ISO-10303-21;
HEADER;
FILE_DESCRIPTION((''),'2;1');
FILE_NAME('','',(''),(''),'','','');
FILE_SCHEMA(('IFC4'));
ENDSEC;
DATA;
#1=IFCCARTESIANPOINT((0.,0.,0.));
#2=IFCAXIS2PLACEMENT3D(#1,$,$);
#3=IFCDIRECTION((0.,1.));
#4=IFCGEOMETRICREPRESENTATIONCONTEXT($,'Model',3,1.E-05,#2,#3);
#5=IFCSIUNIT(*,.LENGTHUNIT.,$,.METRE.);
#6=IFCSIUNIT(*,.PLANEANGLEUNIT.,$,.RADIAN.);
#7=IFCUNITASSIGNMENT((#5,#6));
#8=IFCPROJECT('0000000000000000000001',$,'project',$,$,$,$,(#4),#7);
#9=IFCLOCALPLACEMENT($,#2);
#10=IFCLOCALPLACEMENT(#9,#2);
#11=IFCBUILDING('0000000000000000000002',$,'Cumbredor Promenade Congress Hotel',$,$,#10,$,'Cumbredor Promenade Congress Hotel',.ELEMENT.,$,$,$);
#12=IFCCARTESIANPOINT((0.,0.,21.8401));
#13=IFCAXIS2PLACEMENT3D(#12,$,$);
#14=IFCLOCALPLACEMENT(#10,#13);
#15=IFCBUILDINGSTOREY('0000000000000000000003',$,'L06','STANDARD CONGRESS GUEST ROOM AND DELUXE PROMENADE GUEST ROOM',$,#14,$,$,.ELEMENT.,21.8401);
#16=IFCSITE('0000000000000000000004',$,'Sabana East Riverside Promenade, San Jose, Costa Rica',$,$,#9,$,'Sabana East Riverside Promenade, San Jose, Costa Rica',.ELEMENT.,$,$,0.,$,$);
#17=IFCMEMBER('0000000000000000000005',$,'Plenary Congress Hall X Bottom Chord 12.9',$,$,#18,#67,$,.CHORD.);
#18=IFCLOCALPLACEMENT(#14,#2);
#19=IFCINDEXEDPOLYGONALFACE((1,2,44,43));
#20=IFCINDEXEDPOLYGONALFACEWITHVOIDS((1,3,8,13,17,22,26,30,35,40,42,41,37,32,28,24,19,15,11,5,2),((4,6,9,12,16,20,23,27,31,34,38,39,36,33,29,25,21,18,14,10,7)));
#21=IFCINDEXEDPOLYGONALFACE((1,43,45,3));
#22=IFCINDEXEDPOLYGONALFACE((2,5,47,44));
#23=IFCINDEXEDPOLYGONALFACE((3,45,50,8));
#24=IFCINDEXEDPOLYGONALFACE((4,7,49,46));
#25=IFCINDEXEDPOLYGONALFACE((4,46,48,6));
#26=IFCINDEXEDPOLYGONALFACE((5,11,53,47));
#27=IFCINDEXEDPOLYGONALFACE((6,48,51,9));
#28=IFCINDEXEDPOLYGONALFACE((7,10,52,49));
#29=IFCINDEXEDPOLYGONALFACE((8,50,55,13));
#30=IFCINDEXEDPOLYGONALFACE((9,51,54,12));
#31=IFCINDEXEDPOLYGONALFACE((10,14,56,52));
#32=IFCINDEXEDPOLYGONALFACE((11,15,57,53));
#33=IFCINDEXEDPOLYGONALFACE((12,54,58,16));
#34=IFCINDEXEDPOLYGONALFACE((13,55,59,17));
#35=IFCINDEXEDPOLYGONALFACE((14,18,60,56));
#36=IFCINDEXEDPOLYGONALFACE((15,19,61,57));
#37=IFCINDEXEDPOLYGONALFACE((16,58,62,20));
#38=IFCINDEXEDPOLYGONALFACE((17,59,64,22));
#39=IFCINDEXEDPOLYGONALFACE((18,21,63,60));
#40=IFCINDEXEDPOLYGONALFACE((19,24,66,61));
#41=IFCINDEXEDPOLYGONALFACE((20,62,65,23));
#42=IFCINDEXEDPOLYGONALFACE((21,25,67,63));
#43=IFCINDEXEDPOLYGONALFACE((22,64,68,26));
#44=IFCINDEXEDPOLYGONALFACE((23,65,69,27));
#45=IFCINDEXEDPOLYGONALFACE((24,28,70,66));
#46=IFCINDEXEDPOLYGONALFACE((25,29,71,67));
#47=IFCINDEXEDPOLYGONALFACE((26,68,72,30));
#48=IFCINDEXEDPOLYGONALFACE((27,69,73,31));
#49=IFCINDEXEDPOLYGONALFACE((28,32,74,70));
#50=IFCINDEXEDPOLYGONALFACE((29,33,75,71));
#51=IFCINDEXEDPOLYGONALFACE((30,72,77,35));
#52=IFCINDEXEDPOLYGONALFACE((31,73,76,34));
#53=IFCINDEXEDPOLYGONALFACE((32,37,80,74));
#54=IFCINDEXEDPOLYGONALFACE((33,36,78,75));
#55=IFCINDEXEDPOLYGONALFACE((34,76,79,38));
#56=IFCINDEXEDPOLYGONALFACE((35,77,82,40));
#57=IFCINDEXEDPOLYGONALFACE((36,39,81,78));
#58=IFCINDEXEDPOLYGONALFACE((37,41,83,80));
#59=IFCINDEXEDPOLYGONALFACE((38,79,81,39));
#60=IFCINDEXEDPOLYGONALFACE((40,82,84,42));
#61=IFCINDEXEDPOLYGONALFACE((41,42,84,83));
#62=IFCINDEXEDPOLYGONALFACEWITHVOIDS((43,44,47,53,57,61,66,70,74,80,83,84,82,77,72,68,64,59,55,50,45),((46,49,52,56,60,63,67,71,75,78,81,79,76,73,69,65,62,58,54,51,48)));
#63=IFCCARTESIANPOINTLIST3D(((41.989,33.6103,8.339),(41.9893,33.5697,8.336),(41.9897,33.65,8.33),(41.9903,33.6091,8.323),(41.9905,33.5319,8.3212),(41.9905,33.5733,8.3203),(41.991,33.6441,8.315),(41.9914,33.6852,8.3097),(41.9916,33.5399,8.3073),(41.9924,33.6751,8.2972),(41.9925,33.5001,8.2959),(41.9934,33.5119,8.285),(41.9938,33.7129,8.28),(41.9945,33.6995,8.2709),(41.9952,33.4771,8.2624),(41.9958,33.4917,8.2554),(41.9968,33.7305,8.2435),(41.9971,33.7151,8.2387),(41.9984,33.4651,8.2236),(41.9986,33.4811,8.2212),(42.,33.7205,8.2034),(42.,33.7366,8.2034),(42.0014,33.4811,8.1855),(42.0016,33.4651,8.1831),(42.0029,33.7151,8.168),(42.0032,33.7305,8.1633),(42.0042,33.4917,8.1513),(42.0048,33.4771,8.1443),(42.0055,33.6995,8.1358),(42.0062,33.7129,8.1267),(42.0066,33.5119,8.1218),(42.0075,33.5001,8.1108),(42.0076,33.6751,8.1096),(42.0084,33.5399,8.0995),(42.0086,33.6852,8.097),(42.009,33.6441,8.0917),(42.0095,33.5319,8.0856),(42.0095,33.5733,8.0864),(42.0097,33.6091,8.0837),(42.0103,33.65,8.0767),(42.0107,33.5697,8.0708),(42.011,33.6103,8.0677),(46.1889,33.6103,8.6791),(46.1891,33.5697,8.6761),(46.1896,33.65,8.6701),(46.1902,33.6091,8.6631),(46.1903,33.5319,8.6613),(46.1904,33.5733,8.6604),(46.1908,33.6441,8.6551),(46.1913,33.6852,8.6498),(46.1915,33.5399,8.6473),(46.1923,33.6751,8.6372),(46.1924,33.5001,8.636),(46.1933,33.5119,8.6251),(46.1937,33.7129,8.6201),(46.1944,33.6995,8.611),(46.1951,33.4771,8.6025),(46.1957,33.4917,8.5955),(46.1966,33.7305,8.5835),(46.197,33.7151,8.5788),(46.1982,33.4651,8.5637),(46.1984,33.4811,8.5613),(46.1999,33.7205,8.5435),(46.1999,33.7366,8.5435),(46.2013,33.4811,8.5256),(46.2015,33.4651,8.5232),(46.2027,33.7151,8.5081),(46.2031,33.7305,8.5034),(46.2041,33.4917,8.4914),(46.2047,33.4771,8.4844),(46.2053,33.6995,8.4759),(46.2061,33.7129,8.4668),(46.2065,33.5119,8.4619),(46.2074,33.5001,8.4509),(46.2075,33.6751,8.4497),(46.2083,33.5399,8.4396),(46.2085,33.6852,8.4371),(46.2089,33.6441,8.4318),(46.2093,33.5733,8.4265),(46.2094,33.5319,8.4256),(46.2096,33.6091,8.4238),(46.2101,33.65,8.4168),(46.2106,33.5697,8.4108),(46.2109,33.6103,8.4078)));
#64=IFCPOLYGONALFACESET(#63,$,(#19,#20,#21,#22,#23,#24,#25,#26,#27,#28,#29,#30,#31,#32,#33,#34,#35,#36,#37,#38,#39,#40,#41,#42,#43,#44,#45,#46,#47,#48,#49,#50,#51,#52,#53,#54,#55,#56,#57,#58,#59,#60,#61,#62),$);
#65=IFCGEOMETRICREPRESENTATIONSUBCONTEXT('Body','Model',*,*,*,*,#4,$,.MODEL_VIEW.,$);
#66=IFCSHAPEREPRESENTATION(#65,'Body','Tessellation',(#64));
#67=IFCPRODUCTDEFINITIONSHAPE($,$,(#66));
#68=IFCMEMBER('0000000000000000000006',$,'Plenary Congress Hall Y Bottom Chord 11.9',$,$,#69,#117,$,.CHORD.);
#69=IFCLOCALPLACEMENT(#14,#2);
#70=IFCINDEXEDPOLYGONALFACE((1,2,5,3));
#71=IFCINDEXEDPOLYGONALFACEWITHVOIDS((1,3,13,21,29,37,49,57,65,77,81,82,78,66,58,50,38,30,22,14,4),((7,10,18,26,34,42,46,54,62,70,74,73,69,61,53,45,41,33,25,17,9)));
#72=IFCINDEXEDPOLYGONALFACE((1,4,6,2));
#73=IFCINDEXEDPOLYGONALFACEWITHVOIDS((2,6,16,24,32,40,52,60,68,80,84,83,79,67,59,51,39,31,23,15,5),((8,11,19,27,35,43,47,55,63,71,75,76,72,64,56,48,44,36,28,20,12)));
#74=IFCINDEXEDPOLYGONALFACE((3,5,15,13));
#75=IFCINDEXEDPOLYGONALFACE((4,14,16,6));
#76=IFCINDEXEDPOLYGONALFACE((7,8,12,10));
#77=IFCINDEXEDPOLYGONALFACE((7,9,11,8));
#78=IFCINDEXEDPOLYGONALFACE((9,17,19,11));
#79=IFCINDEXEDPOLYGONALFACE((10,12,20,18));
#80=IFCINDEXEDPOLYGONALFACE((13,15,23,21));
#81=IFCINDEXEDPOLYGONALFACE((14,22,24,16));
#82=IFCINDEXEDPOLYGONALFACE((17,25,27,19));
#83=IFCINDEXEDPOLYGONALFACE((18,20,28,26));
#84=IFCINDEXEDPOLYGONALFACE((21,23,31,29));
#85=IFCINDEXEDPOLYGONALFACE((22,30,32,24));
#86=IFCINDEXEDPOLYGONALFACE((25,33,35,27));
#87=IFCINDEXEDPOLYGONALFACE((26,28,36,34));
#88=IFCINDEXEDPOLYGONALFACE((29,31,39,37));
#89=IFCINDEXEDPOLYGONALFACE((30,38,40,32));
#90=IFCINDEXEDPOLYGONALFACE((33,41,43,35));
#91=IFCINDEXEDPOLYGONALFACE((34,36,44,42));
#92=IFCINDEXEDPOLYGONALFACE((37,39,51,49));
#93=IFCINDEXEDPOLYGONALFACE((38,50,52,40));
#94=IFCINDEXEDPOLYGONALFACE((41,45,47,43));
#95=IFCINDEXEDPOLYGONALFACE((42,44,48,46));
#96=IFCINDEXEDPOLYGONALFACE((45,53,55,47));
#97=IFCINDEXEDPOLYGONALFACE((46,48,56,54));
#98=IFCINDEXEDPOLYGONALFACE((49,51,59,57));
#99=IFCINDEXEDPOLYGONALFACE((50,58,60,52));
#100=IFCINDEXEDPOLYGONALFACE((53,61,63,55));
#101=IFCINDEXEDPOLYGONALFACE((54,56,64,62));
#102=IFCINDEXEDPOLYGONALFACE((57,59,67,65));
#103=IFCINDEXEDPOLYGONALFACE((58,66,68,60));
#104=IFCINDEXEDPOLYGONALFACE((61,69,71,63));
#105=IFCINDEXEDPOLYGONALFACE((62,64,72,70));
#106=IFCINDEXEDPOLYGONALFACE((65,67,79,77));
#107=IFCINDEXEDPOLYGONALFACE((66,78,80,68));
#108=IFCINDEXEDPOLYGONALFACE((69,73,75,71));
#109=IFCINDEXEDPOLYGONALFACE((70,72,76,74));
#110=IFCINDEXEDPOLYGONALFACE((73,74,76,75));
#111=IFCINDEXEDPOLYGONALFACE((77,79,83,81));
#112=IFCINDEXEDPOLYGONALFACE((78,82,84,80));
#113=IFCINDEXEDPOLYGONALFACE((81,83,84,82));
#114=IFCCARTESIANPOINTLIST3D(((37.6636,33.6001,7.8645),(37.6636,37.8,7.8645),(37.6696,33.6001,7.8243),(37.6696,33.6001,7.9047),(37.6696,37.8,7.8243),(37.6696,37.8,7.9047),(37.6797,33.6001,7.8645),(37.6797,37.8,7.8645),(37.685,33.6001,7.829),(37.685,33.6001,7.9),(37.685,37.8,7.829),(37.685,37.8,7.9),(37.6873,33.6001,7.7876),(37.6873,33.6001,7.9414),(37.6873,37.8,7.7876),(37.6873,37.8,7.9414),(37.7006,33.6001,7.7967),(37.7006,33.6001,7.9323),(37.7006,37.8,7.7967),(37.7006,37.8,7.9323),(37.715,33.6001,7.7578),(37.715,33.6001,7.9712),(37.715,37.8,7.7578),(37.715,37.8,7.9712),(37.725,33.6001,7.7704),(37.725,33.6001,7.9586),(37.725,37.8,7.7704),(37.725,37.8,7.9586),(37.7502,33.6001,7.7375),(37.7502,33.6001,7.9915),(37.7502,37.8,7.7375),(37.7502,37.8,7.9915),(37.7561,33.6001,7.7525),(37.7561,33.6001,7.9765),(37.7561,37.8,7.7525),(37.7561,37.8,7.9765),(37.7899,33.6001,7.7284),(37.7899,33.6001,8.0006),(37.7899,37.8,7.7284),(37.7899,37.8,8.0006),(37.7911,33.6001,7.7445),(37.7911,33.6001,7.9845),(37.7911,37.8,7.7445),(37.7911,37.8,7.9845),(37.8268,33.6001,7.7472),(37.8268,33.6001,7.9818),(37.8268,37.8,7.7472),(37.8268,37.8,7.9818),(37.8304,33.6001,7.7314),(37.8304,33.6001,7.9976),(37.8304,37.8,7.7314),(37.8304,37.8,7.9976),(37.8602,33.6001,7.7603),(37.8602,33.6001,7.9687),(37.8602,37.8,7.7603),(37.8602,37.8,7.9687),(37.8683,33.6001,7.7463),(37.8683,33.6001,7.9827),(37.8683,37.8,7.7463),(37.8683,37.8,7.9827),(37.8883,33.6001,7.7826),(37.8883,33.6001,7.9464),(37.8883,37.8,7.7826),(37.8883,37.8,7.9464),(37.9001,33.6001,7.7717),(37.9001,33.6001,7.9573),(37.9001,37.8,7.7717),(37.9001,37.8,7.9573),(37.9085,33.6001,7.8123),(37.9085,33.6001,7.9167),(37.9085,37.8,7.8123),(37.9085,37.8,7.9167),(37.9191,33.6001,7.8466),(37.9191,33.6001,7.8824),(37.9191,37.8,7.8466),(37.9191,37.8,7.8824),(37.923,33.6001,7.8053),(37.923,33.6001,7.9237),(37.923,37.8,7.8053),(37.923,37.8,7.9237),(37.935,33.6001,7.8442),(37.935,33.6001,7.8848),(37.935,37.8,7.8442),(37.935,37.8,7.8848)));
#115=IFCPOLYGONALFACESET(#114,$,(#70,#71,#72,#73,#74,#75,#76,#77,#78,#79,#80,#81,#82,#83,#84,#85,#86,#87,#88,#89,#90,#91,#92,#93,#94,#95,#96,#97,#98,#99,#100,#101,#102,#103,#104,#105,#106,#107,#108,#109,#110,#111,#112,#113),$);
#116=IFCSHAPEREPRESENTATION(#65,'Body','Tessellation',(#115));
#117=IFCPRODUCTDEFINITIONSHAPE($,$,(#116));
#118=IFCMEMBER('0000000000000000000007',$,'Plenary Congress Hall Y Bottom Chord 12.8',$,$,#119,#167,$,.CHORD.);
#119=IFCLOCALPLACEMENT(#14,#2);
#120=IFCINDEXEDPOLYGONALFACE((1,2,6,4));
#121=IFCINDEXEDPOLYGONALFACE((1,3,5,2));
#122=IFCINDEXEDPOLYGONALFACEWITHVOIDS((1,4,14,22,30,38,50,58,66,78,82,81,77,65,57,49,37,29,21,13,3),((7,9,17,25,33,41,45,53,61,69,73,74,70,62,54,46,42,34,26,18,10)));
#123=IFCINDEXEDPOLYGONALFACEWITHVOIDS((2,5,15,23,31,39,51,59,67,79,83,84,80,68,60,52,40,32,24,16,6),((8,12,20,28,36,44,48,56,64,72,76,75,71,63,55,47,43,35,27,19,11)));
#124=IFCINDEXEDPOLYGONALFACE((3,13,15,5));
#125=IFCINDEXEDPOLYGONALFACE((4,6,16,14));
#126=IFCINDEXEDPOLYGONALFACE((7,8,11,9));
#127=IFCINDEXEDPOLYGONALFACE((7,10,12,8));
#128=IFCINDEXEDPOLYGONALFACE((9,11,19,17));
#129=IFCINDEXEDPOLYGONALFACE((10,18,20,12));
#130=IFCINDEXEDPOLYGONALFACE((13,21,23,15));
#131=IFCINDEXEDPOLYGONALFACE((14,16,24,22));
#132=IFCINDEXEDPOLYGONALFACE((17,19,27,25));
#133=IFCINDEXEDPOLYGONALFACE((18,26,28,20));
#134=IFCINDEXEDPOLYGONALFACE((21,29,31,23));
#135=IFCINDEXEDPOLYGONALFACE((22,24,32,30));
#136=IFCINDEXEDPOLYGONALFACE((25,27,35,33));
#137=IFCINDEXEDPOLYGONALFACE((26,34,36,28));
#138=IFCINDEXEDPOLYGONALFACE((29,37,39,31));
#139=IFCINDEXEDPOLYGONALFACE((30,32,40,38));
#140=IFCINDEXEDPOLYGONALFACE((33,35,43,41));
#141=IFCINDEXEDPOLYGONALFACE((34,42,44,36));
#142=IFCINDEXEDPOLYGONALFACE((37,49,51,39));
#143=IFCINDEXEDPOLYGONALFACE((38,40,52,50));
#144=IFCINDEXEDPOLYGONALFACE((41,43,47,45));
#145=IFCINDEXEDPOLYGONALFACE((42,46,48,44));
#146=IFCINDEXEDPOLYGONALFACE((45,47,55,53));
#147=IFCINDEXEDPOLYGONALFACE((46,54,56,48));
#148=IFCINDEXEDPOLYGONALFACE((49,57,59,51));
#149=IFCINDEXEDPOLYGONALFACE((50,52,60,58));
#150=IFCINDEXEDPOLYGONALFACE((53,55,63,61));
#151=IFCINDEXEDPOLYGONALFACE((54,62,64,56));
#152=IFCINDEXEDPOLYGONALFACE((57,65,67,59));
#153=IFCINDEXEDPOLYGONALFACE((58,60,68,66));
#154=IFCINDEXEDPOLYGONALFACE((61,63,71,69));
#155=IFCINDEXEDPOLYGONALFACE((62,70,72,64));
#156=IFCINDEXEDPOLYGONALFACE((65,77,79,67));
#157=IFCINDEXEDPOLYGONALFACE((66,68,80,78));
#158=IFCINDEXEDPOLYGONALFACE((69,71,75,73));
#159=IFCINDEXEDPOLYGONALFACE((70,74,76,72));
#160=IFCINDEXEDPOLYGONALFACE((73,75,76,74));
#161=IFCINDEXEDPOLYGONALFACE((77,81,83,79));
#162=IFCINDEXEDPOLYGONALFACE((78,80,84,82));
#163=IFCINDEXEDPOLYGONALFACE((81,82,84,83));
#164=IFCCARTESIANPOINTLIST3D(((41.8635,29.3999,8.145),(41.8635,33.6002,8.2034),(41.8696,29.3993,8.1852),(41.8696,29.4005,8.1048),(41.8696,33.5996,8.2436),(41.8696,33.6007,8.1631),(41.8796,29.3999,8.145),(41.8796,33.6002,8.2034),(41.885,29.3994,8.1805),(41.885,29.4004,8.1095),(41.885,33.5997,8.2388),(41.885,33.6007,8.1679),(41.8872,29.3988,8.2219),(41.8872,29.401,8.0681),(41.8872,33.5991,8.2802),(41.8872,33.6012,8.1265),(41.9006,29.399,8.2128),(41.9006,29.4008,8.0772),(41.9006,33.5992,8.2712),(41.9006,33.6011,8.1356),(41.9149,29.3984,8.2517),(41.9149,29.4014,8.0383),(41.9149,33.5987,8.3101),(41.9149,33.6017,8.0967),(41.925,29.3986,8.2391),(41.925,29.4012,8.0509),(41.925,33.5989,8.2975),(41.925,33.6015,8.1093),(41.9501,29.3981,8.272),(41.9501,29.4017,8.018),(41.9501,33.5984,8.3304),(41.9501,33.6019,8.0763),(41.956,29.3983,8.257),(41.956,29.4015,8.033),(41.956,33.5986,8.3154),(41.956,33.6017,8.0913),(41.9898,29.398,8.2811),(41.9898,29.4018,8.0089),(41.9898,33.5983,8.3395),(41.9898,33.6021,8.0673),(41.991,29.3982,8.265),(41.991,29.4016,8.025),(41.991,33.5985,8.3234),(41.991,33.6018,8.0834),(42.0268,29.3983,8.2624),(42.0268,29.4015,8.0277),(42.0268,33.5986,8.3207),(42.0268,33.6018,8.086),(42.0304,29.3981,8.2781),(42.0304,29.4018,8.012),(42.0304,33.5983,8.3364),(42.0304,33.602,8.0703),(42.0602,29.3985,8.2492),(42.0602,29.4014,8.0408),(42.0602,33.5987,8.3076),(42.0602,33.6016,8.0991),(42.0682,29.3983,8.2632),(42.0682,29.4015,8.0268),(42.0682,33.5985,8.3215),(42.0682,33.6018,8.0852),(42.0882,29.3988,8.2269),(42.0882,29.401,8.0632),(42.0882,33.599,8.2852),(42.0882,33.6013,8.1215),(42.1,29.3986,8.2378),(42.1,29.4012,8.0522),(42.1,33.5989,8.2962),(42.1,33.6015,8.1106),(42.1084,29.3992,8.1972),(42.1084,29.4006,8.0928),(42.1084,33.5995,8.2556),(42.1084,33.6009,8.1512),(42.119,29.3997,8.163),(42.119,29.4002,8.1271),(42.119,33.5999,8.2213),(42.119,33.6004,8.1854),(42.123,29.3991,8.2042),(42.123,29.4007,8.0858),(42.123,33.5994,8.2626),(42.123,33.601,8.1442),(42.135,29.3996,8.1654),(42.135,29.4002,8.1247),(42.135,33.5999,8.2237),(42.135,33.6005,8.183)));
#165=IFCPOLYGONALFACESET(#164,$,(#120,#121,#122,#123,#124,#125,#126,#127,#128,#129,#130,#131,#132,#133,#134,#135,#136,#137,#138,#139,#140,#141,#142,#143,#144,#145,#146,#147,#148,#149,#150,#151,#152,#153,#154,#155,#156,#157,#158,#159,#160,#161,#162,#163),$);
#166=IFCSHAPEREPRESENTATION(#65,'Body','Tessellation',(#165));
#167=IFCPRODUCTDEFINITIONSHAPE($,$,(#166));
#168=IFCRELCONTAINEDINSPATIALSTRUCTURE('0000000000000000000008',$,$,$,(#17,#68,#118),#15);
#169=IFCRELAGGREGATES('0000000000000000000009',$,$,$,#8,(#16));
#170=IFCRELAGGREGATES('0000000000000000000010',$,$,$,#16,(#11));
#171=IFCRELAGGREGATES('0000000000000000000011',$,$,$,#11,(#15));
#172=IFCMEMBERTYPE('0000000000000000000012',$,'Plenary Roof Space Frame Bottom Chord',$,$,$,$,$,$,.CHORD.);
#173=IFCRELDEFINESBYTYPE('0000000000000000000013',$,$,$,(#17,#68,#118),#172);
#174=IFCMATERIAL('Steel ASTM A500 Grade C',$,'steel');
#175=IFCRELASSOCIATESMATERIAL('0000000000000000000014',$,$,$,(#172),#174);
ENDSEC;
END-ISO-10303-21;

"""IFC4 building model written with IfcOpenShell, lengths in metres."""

from ifc_helpers import new_model, si_unit, direction, frame, origin, origin_2d, place, context, subcontext, project, spatial, hollow_circle, extrude, material, material_profile, profile_set, type_object, element, save


model = new_model("IFC4")

# Units and contexts
model_context = context("Model", 3, precision=1e-05, world=origin(), true_north=direction((0.0, 1.0)))
body_context = subcontext(model_context, "Body", "Model", "MODEL_VIEW")
ifc_project = project(units=[si_unit("LENGTHUNIT", "METRE"), si_unit("PLANEANGLEUNIT", "RADIAN")], contexts=[model_context])

# Site, building, storey
site_placement = place(None, origin())
site = spatial("IfcSite", under=ifc_project, at=site_placement, Name="Sabana East Riverside Promenade, San Jose, Costa Rica", LongName="Sabana East Riverside Promenade, San Jose, Costa Rica", CompositionType="ELEMENT", RefElevation=0.0)
building_placement = place(site_placement, origin())
building = spatial("IfcBuilding", under=site, at=building_placement, Name="Cumbredor Promenade Congress Hotel", LongName="Cumbredor Promenade Congress Hotel", CompositionType="ELEMENT")
storey_placement = place(building_placement, frame((0.0, 0.0, 21.8401)))
storey = spatial("IfcBuildingStorey", under=building, at=storey_placement, Name="L06", Description="STANDARD CONGRESS GUEST ROOM AND DELUXE PROMENADE GUEST ROOM", CompositionType="ELEMENT", Elevation=21.8401)

# Members
ifc_material_1 = material(Name="Steel ASTM A500 Grade C", Category="steel")
ifc_material_profile_1 = material_profile(ifc_material_1, hollow_circle(Radius=0.1365, WallThickness=0.0161, at=origin_2d()), Name="CHS 273.0x16")
ifc_profile_set_1 = profile_set([ifc_material_profile_1], Name="Steel ASTM A500 Grade C")
member_type_1 = type_object("IfcMemberType", Name="Plenary Roof Space Frame Bottom Chord", PredefinedType="CHORD", material=ifc_profile_set_1)
for number, where, z_axis, x_axis, name in (
    (1, (42.0, 33.6001, 8.2034), (0.996738, 0.0, 0.08071), (0.0, 1.0, 0.0), "Plenary Congress Hall X Bottom Chord 12.9"),
):
    element("IfcMember", number, at=place(storey_placement, frame(where, z_axis=z_axis, x_axis=x_axis)), inside=storey, type_object=member_type_1, Name=name, PredefinedType="CHORD", context=body_context, shape_type="SweptSolid", body=[
        extrude(hollow_circle(Radius=0.1365, WallThickness=0.0161, at=origin_2d()), origin(), (0.0, 0.0, 1.0), 4.2136),
    ])
member_1_placement = place(storey_placement, frame((37.8, 33.6001, 7.8645), z_axis=(0.0, 1.0, 0.0), x_axis=(-1.0, 0.0, 0.0)))
element("IfcMember", 2, at=member_1_placement, inside=storey, type_object=member_type_1, Name="Plenary Congress Hall Y Bottom Chord 11.9", PredefinedType="CHORD", context=body_context, shape_type="SweptSolid", body=[
    extrude(hollow_circle(Radius=0.1365, WallThickness=0.0161, at=origin_2d()), origin(), (0.0, 0.0, 1.0), 4.2),
])
member_2_placement = place(storey_placement, frame((42.0, 29.3999, 8.145), z_axis=(0.0, 0.999904, 0.013891), x_axis=(-1.0, 0.0, 0.0)))
element("IfcMember", 3, at=member_2_placement, inside=storey, type_object=member_type_1, Name="Plenary Congress Hall Y Bottom Chord 12.8", PredefinedType="CHORD", context=body_context, shape_type="SweptSolid", body=[
    extrude(hollow_circle(Radius=0.1365, WallThickness=0.0161, at=origin_2d()), origin(), (0.0, 0.0, 1.0), 4.2007),
])

save(model, "model.ifc")
